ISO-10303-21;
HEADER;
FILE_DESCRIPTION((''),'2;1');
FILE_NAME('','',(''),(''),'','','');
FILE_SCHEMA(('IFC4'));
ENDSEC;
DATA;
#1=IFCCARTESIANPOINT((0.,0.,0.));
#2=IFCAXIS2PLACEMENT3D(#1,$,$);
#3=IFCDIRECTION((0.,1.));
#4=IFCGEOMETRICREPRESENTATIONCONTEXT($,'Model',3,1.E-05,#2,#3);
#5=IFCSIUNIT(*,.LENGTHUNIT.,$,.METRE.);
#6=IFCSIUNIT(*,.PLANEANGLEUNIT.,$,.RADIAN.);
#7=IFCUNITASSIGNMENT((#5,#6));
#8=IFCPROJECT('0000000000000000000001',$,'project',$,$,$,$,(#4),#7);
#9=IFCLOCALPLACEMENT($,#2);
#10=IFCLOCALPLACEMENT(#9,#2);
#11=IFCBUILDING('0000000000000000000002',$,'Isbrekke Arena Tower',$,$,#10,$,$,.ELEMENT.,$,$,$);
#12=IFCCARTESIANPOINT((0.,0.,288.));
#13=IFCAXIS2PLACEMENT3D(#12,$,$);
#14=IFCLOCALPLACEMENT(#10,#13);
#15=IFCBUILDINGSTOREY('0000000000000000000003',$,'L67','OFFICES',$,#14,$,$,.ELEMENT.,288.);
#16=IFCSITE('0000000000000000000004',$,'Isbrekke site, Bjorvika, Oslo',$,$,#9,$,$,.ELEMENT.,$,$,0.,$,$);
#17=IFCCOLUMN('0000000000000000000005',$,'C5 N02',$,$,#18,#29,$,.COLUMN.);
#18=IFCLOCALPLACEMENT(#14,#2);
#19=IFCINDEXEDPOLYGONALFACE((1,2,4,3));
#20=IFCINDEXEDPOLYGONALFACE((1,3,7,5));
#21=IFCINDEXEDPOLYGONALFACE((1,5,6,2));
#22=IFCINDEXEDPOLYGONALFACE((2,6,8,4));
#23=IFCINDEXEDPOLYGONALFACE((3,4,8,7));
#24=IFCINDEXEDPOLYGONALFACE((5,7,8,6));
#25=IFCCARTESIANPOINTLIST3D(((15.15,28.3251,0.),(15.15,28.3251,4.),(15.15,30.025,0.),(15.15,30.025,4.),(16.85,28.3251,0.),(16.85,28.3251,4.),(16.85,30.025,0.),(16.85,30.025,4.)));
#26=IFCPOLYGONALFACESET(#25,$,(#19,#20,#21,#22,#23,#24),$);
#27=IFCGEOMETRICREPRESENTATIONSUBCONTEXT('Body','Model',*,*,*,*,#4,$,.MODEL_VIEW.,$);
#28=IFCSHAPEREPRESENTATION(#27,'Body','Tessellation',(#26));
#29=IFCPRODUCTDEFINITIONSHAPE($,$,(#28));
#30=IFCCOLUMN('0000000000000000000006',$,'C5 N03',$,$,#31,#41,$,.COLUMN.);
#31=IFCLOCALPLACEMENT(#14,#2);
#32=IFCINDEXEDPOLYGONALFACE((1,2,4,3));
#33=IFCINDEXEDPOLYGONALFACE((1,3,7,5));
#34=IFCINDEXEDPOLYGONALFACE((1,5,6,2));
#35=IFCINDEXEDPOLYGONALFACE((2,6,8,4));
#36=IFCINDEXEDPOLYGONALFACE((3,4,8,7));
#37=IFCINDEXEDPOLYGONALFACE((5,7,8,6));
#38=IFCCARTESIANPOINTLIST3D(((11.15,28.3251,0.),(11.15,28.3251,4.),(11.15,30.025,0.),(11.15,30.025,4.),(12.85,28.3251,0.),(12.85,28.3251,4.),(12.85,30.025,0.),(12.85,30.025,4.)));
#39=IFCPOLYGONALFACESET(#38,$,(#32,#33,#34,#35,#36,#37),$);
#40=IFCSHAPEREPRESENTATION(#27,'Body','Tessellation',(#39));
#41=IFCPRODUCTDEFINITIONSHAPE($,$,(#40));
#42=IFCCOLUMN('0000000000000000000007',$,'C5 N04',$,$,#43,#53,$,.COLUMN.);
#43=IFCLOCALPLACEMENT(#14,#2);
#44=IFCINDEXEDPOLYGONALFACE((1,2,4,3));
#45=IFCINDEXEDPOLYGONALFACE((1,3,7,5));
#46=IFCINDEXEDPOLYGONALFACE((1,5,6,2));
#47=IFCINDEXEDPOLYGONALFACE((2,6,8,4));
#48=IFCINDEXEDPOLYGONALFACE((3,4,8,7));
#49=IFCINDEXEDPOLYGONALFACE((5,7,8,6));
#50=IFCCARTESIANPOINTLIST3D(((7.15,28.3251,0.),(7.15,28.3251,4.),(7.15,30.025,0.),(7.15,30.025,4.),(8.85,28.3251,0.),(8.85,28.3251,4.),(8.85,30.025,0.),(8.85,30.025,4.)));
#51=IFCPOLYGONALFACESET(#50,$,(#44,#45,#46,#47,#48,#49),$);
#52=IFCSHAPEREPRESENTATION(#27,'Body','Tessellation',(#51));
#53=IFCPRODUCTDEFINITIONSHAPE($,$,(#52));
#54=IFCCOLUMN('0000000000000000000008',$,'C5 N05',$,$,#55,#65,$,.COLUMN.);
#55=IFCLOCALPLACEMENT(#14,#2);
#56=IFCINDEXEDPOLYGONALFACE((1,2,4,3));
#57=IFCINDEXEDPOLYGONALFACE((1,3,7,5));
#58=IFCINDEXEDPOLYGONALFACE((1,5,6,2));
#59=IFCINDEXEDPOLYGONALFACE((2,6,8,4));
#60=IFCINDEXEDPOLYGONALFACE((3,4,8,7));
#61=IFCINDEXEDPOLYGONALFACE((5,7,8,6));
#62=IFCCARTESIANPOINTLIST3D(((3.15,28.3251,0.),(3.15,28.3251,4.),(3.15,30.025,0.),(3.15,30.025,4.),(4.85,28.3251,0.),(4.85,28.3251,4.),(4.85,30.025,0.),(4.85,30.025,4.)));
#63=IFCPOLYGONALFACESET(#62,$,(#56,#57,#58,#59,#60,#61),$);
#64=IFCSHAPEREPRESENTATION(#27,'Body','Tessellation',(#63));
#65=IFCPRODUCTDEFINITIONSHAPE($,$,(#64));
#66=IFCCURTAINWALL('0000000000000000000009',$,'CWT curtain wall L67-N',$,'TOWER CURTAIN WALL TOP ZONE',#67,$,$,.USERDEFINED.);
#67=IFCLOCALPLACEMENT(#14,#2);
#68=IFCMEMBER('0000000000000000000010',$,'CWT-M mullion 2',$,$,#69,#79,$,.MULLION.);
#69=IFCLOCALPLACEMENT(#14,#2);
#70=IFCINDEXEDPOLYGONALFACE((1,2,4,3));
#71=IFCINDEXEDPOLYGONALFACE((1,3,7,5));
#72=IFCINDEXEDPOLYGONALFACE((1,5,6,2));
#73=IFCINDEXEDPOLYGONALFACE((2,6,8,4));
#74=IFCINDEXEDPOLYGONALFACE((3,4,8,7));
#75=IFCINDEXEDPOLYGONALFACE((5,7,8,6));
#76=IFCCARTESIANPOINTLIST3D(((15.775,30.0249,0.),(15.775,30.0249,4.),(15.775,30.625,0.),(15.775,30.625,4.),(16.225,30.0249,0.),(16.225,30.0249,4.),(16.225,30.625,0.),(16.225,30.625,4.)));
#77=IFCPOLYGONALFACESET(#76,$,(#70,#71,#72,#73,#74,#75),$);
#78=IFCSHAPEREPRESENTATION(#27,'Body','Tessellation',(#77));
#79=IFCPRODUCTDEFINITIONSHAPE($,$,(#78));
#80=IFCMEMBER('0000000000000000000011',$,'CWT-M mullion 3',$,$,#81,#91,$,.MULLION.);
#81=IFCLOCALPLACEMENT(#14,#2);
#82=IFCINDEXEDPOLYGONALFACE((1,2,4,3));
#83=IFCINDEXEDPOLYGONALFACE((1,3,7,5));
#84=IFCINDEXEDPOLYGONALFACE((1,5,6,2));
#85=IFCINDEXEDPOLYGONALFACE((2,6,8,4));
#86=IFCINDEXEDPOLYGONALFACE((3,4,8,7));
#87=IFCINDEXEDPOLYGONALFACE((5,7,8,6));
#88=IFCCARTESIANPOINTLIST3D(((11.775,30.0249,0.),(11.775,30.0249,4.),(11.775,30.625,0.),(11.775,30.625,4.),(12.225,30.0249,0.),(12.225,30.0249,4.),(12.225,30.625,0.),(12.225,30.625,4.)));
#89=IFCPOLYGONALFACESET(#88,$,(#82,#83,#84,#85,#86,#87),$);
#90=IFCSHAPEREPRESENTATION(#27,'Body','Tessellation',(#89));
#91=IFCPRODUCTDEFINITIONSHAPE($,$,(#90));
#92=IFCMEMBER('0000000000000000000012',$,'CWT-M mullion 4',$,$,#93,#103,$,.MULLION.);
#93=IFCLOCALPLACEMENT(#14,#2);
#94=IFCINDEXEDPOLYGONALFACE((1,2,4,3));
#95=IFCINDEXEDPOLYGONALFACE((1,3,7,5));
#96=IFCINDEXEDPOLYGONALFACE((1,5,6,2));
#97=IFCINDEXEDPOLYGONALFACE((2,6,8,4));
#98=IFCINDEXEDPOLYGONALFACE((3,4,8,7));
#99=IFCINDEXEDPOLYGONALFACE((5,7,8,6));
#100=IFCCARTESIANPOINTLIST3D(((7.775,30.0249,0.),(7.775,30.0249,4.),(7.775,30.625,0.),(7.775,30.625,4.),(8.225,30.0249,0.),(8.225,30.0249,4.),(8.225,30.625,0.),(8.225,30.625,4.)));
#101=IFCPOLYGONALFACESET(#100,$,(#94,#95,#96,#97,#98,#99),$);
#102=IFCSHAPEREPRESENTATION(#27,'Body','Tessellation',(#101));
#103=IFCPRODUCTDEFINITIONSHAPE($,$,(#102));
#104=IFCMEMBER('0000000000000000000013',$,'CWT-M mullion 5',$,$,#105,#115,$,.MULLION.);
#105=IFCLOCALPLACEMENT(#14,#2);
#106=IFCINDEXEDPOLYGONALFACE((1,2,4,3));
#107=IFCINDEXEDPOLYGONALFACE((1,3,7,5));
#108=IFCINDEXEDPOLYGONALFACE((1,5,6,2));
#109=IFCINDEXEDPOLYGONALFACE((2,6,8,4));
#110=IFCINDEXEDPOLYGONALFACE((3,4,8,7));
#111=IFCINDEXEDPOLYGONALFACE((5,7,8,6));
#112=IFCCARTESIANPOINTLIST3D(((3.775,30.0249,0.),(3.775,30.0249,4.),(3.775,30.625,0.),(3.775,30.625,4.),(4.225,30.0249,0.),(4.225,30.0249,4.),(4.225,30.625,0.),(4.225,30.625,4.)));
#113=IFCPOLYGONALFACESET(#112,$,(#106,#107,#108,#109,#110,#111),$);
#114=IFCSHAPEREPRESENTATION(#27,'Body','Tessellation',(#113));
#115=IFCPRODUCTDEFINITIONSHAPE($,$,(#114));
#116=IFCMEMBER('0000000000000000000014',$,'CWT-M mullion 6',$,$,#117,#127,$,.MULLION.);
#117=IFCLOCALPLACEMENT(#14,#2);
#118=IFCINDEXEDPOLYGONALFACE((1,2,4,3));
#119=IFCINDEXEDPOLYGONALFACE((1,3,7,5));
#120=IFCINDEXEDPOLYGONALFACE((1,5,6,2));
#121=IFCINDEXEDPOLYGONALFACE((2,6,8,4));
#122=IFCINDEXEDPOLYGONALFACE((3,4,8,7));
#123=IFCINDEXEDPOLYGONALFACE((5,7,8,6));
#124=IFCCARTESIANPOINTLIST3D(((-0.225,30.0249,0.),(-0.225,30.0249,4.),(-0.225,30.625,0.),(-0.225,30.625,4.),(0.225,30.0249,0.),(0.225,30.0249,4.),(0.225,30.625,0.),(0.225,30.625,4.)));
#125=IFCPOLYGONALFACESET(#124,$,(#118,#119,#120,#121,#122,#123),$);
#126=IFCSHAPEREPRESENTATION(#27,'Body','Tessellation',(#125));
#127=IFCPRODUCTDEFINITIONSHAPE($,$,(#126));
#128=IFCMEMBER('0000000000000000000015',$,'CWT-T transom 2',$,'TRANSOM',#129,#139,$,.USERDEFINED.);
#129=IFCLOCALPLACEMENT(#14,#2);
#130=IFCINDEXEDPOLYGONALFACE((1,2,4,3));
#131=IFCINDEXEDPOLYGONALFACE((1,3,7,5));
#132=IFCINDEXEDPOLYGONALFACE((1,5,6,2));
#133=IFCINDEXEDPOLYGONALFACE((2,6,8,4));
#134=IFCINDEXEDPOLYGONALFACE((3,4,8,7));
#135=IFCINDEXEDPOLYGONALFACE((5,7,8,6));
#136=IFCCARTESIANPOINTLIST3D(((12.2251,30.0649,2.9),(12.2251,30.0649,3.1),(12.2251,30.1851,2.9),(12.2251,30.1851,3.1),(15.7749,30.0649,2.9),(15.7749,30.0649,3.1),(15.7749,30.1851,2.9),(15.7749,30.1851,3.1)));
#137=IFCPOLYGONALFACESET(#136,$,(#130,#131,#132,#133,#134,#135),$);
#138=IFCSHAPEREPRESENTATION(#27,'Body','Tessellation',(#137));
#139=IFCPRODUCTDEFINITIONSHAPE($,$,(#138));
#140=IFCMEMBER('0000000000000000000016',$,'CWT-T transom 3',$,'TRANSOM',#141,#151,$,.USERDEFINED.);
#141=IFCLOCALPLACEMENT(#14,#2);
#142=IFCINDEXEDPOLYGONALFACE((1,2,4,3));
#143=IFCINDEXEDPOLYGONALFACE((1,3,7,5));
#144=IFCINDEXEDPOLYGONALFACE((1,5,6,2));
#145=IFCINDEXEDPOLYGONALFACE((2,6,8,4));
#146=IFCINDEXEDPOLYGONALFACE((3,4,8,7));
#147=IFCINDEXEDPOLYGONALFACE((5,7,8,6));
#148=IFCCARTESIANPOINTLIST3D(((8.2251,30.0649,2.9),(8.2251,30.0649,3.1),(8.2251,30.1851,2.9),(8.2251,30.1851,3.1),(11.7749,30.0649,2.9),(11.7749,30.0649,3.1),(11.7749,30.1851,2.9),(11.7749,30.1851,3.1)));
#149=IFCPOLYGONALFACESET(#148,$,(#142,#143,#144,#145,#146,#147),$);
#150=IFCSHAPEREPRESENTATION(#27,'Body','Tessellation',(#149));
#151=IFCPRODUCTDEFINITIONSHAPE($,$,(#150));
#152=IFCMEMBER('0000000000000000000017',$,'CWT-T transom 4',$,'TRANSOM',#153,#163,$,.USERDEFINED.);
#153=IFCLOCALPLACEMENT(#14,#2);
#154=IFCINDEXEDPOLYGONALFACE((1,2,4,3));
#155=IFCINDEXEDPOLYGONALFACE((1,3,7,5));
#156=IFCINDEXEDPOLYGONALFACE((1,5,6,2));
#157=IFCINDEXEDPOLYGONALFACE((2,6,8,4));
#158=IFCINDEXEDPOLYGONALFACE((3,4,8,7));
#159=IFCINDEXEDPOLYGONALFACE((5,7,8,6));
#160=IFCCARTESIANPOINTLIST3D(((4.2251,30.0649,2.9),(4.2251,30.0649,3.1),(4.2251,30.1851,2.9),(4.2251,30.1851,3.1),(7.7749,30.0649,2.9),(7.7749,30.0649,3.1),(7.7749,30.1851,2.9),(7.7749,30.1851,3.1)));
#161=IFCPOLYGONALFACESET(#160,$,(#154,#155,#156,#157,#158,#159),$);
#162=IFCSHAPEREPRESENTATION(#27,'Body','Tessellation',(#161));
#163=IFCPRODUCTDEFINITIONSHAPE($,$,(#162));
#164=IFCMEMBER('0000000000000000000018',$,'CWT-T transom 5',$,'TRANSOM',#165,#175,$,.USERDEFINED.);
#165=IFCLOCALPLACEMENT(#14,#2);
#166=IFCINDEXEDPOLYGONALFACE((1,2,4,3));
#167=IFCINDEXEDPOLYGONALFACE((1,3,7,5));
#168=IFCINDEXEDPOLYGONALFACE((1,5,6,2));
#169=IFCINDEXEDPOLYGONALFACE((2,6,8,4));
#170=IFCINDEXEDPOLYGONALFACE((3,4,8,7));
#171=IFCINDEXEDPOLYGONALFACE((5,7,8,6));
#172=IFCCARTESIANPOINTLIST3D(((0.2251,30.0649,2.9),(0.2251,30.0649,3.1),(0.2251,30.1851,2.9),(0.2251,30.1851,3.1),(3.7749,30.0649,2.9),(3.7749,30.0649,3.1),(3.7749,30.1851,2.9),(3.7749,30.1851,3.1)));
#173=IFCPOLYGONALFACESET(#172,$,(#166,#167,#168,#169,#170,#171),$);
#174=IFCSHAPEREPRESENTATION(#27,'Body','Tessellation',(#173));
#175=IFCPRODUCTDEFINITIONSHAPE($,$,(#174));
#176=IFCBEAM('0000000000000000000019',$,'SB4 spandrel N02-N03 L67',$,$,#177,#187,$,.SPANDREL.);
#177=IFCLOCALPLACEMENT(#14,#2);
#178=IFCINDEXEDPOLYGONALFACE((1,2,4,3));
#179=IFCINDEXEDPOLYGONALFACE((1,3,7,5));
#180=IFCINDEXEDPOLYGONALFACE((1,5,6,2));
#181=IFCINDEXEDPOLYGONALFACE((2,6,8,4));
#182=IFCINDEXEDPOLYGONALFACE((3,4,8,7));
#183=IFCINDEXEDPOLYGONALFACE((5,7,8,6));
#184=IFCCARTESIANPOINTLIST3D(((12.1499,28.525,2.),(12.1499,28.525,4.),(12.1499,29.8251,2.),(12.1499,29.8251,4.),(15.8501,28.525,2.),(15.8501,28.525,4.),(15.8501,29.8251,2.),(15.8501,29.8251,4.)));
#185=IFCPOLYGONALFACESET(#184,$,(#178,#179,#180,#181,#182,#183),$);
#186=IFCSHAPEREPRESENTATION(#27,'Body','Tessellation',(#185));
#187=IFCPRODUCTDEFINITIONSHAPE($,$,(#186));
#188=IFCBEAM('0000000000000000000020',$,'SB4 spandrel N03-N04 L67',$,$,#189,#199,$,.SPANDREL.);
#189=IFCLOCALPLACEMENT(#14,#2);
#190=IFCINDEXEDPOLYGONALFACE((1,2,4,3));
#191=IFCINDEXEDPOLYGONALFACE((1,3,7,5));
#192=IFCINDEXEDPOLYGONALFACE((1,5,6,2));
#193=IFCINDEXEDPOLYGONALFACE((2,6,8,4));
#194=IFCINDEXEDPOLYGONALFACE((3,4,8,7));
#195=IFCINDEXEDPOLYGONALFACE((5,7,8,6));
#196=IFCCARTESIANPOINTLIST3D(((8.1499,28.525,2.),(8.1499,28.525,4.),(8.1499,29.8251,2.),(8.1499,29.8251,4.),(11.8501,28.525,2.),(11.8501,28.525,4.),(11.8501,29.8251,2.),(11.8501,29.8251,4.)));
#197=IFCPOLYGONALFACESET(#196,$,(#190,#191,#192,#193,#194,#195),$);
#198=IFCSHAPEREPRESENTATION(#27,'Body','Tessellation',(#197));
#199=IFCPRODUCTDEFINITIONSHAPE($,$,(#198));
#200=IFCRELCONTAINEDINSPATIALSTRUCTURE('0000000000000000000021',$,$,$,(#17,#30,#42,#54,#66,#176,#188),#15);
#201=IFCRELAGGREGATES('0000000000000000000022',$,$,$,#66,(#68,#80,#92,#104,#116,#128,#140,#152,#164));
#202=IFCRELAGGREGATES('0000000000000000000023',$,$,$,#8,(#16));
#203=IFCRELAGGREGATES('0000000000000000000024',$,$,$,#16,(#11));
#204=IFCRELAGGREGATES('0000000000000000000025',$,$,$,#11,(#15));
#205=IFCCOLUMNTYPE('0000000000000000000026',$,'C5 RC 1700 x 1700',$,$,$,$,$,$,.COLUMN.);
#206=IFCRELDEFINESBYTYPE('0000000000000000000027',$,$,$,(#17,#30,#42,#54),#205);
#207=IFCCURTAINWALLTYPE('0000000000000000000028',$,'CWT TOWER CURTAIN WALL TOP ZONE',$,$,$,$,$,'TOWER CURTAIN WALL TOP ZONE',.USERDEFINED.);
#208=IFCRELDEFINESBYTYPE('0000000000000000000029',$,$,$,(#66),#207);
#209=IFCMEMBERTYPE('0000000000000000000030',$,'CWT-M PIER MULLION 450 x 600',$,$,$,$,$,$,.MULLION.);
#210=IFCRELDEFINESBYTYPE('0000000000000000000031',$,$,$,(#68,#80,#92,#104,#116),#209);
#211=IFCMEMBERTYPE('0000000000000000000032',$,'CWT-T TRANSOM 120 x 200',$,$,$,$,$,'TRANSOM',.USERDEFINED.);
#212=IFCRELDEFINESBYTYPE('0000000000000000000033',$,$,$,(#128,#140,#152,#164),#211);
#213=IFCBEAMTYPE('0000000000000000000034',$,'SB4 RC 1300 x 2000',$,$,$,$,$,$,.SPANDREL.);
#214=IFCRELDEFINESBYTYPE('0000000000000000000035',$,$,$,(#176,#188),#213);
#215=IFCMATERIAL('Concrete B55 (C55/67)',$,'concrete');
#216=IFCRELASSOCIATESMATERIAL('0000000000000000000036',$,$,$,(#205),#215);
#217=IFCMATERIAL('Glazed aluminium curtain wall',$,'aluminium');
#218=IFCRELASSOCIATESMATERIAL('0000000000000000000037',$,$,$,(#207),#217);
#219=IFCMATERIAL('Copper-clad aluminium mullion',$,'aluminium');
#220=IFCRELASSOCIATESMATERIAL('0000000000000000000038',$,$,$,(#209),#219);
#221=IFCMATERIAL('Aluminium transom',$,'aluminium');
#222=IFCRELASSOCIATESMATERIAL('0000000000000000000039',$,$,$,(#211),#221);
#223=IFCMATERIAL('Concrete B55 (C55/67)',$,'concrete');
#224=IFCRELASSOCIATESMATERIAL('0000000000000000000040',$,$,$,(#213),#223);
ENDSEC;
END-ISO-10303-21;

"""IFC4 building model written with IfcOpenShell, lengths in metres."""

from ifc_helpers import new_model, si_unit, direction, frame, origin, origin_2d, place, context, subcontext, project, spatial, rectangle, extrude, material, material_profile, profile_set, type_object, element, aggregate, save


model = new_model("IFC4")

# Units and contexts
model_context = context("Model", 3, precision=1e-05, world=origin(), true_north=direction((0.0, 1.0)))
body_context = subcontext(model_context, "Body", "Model", "MODEL_VIEW")
ifc_project = project(units=[si_unit("LENGTHUNIT", "METRE"), si_unit("PLANEANGLEUNIT", "RADIAN")], contexts=[model_context])

# Site, building, storey
site_placement = place(None, origin())
site = spatial("IfcSite", under=ifc_project, at=site_placement, Name="Isbrekke site, Bjorvika, Oslo", CompositionType="ELEMENT", RefElevation=0.0)
building_placement = place(site_placement, origin())
building = spatial("IfcBuilding", under=site, at=building_placement, Name="Isbrekke Arena Tower", CompositionType="ELEMENT")
storey_placement = place(building_placement, frame((0.0, 0.0, 288.0)))
storey = spatial("IfcBuildingStorey", under=building, at=storey_placement, Name="L67", Description="OFFICES", CompositionType="ELEMENT", Elevation=288.0)

# Columns
ifc_material_1 = material(Name="Concrete B55 (C55/67)", Category="concrete")
ifc_material_profile_1 = material_profile(ifc_material_1, rectangle(XDim=1.7, YDim=1.7, at=origin_2d()), Name="RC 1700x1700")
ifc_profile_set_1 = profile_set([ifc_material_profile_1], Name="Concrete B55 (C55/67)")
column_type = type_object("IfcColumnType", Name="C5 RC 1700 x 1700", PredefinedType="COLUMN", material=ifc_profile_set_1)
for number, where, z_axis, x_axis, name in (
    (1, (16.0, 29.175, 0.0), (0.0, 0.0, 1.0), (-1.0, 0.0, 0.0), "C5 N02"),
    (2, (12.0, 29.175, 0.0), (0.0, 0.0, 1.0), (-1.0, 0.0, 0.0), "C5 N03"),
    (3, (8.0, 29.175, 0.0), (0.0, 0.0, 1.0), (-1.0, 0.0, 0.0), "C5 N04"),
    (4, (4.0, 29.175, 0.0), (0.0, 0.0, 1.0), (-1.0, 0.0, 0.0), "C5 N05"),
):
    element("IfcColumn", number, at=place(storey_placement, frame(where, z_axis=z_axis, x_axis=x_axis)), inside=storey, type_object=column_type, Name=name, PredefinedType="COLUMN", context=body_context, shape_type="SweptSolid", body=[
        extrude(rectangle(XDim=1.7, YDim=1.7, at=origin_2d()), origin(), (0.0, 0.0, 1.0), 4.0),
    ])

# Curtain wall, members
ifc_material_2 = material(Name="Glazed aluminium curtain wall", Category="aluminium")
curtain_wall_type = type_object("IfcCurtainWallType", Name="CWT TOWER CURTAIN WALL TOP ZONE", ElementType="TOWER CURTAIN WALL TOP ZONE", PredefinedType="USERDEFINED", material=ifc_material_2)
curtain_wall_placement = place(storey_placement, origin())
curtain_wall = element("IfcCurtainWall", 5, at=curtain_wall_placement, inside=storey, type_object=curtain_wall_type, Name="CWT curtain wall L67-N", ObjectType="TOWER CURTAIN WALL TOP ZONE", PredefinedType="USERDEFINED")
ifc_material_3 = material(Name="Copper-clad aluminium mullion", Category="aluminium")
ifc_material_profile_2 = material_profile(ifc_material_3, rectangle(XDim=0.45, YDim=0.6001, at=origin_2d()), Name="PIER 450X600")
ifc_profile_set_2 = profile_set([ifc_material_profile_2], Name="Copper-clad aluminium mullion")
member_type_1 = type_object("IfcMemberType", Name="CWT-M PIER MULLION 450 x 600", PredefinedType="MULLION", material=ifc_profile_set_2)
member_1_placement = place(storey_placement, frame((16.0, 30.325, 0.0), z_axis=(0.0, 0.0, 1.0), x_axis=(-1.0, 0.0, 0.0)))
member_1 = element("IfcMember", 6, at=member_1_placement, type_object=member_type_1, Name="CWT-M mullion 2", PredefinedType="MULLION", context=body_context, shape_type="SweptSolid", body=[
    extrude(rectangle(XDim=0.45, YDim=0.6001, at=origin_2d()), origin(), (0.0, 0.0, 1.0), 4.0),
])
member_2_placement = place(storey_placement, frame((12.0, 30.325, 0.0), z_axis=(0.0, 0.0, 1.0), x_axis=(-1.0, 0.0, 0.0)))
member_2 = element("IfcMember", 7, at=member_2_placement, type_object=member_type_1, Name="CWT-M mullion 3", PredefinedType="MULLION", context=body_context, shape_type="SweptSolid", body=[
    extrude(rectangle(XDim=0.45, YDim=0.6001, at=origin_2d()), origin(), (0.0, 0.0, 1.0), 4.0),
])
member_3_placement = place(storey_placement, frame((8.0, 30.325, 0.0), z_axis=(0.0, 0.0, 1.0), x_axis=(-1.0, 0.0, 0.0)))
member_3 = element("IfcMember", 8, at=member_3_placement, type_object=member_type_1, Name="CWT-M mullion 4", PredefinedType="MULLION", context=body_context, shape_type="SweptSolid", body=[
    extrude(rectangle(XDim=0.45, YDim=0.6001, at=origin_2d()), origin(), (0.0, 0.0, 1.0), 4.0),
])
member_4_placement = place(storey_placement, frame((4.0, 30.325, 0.0), z_axis=(0.0, 0.0, 1.0), x_axis=(-1.0, 0.0, 0.0)))
member_4 = element("IfcMember", 9, at=member_4_placement, type_object=member_type_1, Name="CWT-M mullion 5", PredefinedType="MULLION", context=body_context, shape_type="SweptSolid", body=[
    extrude(rectangle(XDim=0.45, YDim=0.6001, at=origin_2d()), origin(), (0.0, 0.0, 1.0), 4.0),
])
member_5_placement = place(storey_placement, frame((0.0, 30.325, 0.0), z_axis=(0.0, 0.0, 1.0), x_axis=(-1.0, 0.0, 0.0)))
member_5 = element("IfcMember", 10, at=member_5_placement, type_object=member_type_1, Name="CWT-M mullion 6", PredefinedType="MULLION", context=body_context, shape_type="SweptSolid", body=[
    extrude(rectangle(XDim=0.45, YDim=0.6001, at=origin_2d()), origin(), (0.0, 0.0, 1.0), 4.0),
])
ifc_material_4 = material(Name="Aluminium transom", Category="aluminium")
ifc_material_profile_3 = material_profile(ifc_material_4, rectangle(XDim=0.1201, YDim=0.2, at=origin_2d()), Name="TRANSOM 120X200")
ifc_profile_set_3 = profile_set([ifc_material_profile_3], Name="Aluminium transom")
member_type_2 = type_object("IfcMemberType", Name="CWT-T TRANSOM 120 x 200", ElementType="TRANSOM", PredefinedType="USERDEFINED", material=ifc_profile_set_3)
member_6_placement = place(storey_placement, frame((15.7749, 30.125, 3.0), z_axis=(-1.0, 0.0, 0.0), x_axis=(0.0, -1.0, 0.0)))
member_6 = element("IfcMember", 11, at=member_6_placement, type_object=member_type_2, Name="CWT-T transom 2", ObjectType="TRANSOM", PredefinedType="USERDEFINED", context=body_context, shape_type="SweptSolid", body=[
    extrude(rectangle(XDim=0.1201, YDim=0.2, at=origin_2d()), origin(), (0.0, 0.0, 1.0), 3.5498),
])
member_7_placement = place(storey_placement, frame((11.7749, 30.125, 3.0), z_axis=(-1.0, 0.0, 0.0), x_axis=(0.0, -1.0, 0.0)))
member_7 = element("IfcMember", 12, at=member_7_placement, type_object=member_type_2, Name="CWT-T transom 3", ObjectType="TRANSOM", PredefinedType="USERDEFINED", context=body_context, shape_type="SweptSolid", body=[
    extrude(rectangle(XDim=0.1201, YDim=0.2, at=origin_2d()), origin(), (0.0, 0.0, 1.0), 3.5498),
])
member_8_placement = place(storey_placement, frame((7.7749, 30.125, 3.0), z_axis=(-1.0, 0.0, 0.0), x_axis=(0.0, -1.0, 0.0)))
member_8 = element("IfcMember", 13, at=member_8_placement, type_object=member_type_2, Name="CWT-T transom 4", ObjectType="TRANSOM", PredefinedType="USERDEFINED", context=body_context, shape_type="SweptSolid", body=[
    extrude(rectangle(XDim=0.1201, YDim=0.2, at=origin_2d()), origin(), (0.0, 0.0, 1.0), 3.5498),
])
member_9_placement = place(storey_placement, frame((3.7749, 30.125, 3.0), z_axis=(-1.0, 0.0, 0.0), x_axis=(0.0, -1.0, 0.0)))
member_9 = element("IfcMember", 14, at=member_9_placement, type_object=member_type_2, Name="CWT-T transom 5", ObjectType="TRANSOM", PredefinedType="USERDEFINED", context=body_context, shape_type="SweptSolid", body=[
    extrude(rectangle(XDim=0.1201, YDim=0.2, at=origin_2d()), origin(), (0.0, 0.0, 1.0), 3.5498),
])

# Beams
ifc_material_5 = material(Name="Concrete B55 (C55/67)", Category="concrete")
ifc_material_profile_4 = material_profile(ifc_material_5, rectangle(XDim=1.3, YDim=2.0, at=origin_2d()), Name="RC 1300x2000")
ifc_profile_set_4 = profile_set([ifc_material_profile_4], Name="Concrete B55 (C55/67)")
beam_type = type_object("IfcBeamType", Name="SB4 RC 1300 x 2000", PredefinedType="SPANDREL", material=ifc_profile_set_4)
for number, where, z_axis, x_axis, name in (
    (15, (15.8501, 29.175, 3.0), (-1.0, 0.0, 0.0), (0.0, -1.0, 0.0), "SB4 spandrel N02-N03 L67"),
    (16, (11.8501, 29.175, 3.0), (-1.0, 0.0, 0.0), (0.0, -1.0, 0.0), "SB4 spandrel N03-N04 L67"),
):
    element("IfcBeam", number, at=place(storey_placement, frame(where, z_axis=z_axis, x_axis=x_axis)), inside=storey, type_object=beam_type, Name=name, PredefinedType="SPANDREL", context=body_context, shape_type="SweptSolid", body=[
        extrude(rectangle(XDim=1.3, YDim=2.0, at=origin_2d()), origin(), (0.0, 0.0, 1.0), 3.7002),
    ])

aggregate(curtain_wall, [member_1, member_2, member_3, member_4, member_5, member_6, member_7, member_8, member_9])

save(model, "model.ifc")
